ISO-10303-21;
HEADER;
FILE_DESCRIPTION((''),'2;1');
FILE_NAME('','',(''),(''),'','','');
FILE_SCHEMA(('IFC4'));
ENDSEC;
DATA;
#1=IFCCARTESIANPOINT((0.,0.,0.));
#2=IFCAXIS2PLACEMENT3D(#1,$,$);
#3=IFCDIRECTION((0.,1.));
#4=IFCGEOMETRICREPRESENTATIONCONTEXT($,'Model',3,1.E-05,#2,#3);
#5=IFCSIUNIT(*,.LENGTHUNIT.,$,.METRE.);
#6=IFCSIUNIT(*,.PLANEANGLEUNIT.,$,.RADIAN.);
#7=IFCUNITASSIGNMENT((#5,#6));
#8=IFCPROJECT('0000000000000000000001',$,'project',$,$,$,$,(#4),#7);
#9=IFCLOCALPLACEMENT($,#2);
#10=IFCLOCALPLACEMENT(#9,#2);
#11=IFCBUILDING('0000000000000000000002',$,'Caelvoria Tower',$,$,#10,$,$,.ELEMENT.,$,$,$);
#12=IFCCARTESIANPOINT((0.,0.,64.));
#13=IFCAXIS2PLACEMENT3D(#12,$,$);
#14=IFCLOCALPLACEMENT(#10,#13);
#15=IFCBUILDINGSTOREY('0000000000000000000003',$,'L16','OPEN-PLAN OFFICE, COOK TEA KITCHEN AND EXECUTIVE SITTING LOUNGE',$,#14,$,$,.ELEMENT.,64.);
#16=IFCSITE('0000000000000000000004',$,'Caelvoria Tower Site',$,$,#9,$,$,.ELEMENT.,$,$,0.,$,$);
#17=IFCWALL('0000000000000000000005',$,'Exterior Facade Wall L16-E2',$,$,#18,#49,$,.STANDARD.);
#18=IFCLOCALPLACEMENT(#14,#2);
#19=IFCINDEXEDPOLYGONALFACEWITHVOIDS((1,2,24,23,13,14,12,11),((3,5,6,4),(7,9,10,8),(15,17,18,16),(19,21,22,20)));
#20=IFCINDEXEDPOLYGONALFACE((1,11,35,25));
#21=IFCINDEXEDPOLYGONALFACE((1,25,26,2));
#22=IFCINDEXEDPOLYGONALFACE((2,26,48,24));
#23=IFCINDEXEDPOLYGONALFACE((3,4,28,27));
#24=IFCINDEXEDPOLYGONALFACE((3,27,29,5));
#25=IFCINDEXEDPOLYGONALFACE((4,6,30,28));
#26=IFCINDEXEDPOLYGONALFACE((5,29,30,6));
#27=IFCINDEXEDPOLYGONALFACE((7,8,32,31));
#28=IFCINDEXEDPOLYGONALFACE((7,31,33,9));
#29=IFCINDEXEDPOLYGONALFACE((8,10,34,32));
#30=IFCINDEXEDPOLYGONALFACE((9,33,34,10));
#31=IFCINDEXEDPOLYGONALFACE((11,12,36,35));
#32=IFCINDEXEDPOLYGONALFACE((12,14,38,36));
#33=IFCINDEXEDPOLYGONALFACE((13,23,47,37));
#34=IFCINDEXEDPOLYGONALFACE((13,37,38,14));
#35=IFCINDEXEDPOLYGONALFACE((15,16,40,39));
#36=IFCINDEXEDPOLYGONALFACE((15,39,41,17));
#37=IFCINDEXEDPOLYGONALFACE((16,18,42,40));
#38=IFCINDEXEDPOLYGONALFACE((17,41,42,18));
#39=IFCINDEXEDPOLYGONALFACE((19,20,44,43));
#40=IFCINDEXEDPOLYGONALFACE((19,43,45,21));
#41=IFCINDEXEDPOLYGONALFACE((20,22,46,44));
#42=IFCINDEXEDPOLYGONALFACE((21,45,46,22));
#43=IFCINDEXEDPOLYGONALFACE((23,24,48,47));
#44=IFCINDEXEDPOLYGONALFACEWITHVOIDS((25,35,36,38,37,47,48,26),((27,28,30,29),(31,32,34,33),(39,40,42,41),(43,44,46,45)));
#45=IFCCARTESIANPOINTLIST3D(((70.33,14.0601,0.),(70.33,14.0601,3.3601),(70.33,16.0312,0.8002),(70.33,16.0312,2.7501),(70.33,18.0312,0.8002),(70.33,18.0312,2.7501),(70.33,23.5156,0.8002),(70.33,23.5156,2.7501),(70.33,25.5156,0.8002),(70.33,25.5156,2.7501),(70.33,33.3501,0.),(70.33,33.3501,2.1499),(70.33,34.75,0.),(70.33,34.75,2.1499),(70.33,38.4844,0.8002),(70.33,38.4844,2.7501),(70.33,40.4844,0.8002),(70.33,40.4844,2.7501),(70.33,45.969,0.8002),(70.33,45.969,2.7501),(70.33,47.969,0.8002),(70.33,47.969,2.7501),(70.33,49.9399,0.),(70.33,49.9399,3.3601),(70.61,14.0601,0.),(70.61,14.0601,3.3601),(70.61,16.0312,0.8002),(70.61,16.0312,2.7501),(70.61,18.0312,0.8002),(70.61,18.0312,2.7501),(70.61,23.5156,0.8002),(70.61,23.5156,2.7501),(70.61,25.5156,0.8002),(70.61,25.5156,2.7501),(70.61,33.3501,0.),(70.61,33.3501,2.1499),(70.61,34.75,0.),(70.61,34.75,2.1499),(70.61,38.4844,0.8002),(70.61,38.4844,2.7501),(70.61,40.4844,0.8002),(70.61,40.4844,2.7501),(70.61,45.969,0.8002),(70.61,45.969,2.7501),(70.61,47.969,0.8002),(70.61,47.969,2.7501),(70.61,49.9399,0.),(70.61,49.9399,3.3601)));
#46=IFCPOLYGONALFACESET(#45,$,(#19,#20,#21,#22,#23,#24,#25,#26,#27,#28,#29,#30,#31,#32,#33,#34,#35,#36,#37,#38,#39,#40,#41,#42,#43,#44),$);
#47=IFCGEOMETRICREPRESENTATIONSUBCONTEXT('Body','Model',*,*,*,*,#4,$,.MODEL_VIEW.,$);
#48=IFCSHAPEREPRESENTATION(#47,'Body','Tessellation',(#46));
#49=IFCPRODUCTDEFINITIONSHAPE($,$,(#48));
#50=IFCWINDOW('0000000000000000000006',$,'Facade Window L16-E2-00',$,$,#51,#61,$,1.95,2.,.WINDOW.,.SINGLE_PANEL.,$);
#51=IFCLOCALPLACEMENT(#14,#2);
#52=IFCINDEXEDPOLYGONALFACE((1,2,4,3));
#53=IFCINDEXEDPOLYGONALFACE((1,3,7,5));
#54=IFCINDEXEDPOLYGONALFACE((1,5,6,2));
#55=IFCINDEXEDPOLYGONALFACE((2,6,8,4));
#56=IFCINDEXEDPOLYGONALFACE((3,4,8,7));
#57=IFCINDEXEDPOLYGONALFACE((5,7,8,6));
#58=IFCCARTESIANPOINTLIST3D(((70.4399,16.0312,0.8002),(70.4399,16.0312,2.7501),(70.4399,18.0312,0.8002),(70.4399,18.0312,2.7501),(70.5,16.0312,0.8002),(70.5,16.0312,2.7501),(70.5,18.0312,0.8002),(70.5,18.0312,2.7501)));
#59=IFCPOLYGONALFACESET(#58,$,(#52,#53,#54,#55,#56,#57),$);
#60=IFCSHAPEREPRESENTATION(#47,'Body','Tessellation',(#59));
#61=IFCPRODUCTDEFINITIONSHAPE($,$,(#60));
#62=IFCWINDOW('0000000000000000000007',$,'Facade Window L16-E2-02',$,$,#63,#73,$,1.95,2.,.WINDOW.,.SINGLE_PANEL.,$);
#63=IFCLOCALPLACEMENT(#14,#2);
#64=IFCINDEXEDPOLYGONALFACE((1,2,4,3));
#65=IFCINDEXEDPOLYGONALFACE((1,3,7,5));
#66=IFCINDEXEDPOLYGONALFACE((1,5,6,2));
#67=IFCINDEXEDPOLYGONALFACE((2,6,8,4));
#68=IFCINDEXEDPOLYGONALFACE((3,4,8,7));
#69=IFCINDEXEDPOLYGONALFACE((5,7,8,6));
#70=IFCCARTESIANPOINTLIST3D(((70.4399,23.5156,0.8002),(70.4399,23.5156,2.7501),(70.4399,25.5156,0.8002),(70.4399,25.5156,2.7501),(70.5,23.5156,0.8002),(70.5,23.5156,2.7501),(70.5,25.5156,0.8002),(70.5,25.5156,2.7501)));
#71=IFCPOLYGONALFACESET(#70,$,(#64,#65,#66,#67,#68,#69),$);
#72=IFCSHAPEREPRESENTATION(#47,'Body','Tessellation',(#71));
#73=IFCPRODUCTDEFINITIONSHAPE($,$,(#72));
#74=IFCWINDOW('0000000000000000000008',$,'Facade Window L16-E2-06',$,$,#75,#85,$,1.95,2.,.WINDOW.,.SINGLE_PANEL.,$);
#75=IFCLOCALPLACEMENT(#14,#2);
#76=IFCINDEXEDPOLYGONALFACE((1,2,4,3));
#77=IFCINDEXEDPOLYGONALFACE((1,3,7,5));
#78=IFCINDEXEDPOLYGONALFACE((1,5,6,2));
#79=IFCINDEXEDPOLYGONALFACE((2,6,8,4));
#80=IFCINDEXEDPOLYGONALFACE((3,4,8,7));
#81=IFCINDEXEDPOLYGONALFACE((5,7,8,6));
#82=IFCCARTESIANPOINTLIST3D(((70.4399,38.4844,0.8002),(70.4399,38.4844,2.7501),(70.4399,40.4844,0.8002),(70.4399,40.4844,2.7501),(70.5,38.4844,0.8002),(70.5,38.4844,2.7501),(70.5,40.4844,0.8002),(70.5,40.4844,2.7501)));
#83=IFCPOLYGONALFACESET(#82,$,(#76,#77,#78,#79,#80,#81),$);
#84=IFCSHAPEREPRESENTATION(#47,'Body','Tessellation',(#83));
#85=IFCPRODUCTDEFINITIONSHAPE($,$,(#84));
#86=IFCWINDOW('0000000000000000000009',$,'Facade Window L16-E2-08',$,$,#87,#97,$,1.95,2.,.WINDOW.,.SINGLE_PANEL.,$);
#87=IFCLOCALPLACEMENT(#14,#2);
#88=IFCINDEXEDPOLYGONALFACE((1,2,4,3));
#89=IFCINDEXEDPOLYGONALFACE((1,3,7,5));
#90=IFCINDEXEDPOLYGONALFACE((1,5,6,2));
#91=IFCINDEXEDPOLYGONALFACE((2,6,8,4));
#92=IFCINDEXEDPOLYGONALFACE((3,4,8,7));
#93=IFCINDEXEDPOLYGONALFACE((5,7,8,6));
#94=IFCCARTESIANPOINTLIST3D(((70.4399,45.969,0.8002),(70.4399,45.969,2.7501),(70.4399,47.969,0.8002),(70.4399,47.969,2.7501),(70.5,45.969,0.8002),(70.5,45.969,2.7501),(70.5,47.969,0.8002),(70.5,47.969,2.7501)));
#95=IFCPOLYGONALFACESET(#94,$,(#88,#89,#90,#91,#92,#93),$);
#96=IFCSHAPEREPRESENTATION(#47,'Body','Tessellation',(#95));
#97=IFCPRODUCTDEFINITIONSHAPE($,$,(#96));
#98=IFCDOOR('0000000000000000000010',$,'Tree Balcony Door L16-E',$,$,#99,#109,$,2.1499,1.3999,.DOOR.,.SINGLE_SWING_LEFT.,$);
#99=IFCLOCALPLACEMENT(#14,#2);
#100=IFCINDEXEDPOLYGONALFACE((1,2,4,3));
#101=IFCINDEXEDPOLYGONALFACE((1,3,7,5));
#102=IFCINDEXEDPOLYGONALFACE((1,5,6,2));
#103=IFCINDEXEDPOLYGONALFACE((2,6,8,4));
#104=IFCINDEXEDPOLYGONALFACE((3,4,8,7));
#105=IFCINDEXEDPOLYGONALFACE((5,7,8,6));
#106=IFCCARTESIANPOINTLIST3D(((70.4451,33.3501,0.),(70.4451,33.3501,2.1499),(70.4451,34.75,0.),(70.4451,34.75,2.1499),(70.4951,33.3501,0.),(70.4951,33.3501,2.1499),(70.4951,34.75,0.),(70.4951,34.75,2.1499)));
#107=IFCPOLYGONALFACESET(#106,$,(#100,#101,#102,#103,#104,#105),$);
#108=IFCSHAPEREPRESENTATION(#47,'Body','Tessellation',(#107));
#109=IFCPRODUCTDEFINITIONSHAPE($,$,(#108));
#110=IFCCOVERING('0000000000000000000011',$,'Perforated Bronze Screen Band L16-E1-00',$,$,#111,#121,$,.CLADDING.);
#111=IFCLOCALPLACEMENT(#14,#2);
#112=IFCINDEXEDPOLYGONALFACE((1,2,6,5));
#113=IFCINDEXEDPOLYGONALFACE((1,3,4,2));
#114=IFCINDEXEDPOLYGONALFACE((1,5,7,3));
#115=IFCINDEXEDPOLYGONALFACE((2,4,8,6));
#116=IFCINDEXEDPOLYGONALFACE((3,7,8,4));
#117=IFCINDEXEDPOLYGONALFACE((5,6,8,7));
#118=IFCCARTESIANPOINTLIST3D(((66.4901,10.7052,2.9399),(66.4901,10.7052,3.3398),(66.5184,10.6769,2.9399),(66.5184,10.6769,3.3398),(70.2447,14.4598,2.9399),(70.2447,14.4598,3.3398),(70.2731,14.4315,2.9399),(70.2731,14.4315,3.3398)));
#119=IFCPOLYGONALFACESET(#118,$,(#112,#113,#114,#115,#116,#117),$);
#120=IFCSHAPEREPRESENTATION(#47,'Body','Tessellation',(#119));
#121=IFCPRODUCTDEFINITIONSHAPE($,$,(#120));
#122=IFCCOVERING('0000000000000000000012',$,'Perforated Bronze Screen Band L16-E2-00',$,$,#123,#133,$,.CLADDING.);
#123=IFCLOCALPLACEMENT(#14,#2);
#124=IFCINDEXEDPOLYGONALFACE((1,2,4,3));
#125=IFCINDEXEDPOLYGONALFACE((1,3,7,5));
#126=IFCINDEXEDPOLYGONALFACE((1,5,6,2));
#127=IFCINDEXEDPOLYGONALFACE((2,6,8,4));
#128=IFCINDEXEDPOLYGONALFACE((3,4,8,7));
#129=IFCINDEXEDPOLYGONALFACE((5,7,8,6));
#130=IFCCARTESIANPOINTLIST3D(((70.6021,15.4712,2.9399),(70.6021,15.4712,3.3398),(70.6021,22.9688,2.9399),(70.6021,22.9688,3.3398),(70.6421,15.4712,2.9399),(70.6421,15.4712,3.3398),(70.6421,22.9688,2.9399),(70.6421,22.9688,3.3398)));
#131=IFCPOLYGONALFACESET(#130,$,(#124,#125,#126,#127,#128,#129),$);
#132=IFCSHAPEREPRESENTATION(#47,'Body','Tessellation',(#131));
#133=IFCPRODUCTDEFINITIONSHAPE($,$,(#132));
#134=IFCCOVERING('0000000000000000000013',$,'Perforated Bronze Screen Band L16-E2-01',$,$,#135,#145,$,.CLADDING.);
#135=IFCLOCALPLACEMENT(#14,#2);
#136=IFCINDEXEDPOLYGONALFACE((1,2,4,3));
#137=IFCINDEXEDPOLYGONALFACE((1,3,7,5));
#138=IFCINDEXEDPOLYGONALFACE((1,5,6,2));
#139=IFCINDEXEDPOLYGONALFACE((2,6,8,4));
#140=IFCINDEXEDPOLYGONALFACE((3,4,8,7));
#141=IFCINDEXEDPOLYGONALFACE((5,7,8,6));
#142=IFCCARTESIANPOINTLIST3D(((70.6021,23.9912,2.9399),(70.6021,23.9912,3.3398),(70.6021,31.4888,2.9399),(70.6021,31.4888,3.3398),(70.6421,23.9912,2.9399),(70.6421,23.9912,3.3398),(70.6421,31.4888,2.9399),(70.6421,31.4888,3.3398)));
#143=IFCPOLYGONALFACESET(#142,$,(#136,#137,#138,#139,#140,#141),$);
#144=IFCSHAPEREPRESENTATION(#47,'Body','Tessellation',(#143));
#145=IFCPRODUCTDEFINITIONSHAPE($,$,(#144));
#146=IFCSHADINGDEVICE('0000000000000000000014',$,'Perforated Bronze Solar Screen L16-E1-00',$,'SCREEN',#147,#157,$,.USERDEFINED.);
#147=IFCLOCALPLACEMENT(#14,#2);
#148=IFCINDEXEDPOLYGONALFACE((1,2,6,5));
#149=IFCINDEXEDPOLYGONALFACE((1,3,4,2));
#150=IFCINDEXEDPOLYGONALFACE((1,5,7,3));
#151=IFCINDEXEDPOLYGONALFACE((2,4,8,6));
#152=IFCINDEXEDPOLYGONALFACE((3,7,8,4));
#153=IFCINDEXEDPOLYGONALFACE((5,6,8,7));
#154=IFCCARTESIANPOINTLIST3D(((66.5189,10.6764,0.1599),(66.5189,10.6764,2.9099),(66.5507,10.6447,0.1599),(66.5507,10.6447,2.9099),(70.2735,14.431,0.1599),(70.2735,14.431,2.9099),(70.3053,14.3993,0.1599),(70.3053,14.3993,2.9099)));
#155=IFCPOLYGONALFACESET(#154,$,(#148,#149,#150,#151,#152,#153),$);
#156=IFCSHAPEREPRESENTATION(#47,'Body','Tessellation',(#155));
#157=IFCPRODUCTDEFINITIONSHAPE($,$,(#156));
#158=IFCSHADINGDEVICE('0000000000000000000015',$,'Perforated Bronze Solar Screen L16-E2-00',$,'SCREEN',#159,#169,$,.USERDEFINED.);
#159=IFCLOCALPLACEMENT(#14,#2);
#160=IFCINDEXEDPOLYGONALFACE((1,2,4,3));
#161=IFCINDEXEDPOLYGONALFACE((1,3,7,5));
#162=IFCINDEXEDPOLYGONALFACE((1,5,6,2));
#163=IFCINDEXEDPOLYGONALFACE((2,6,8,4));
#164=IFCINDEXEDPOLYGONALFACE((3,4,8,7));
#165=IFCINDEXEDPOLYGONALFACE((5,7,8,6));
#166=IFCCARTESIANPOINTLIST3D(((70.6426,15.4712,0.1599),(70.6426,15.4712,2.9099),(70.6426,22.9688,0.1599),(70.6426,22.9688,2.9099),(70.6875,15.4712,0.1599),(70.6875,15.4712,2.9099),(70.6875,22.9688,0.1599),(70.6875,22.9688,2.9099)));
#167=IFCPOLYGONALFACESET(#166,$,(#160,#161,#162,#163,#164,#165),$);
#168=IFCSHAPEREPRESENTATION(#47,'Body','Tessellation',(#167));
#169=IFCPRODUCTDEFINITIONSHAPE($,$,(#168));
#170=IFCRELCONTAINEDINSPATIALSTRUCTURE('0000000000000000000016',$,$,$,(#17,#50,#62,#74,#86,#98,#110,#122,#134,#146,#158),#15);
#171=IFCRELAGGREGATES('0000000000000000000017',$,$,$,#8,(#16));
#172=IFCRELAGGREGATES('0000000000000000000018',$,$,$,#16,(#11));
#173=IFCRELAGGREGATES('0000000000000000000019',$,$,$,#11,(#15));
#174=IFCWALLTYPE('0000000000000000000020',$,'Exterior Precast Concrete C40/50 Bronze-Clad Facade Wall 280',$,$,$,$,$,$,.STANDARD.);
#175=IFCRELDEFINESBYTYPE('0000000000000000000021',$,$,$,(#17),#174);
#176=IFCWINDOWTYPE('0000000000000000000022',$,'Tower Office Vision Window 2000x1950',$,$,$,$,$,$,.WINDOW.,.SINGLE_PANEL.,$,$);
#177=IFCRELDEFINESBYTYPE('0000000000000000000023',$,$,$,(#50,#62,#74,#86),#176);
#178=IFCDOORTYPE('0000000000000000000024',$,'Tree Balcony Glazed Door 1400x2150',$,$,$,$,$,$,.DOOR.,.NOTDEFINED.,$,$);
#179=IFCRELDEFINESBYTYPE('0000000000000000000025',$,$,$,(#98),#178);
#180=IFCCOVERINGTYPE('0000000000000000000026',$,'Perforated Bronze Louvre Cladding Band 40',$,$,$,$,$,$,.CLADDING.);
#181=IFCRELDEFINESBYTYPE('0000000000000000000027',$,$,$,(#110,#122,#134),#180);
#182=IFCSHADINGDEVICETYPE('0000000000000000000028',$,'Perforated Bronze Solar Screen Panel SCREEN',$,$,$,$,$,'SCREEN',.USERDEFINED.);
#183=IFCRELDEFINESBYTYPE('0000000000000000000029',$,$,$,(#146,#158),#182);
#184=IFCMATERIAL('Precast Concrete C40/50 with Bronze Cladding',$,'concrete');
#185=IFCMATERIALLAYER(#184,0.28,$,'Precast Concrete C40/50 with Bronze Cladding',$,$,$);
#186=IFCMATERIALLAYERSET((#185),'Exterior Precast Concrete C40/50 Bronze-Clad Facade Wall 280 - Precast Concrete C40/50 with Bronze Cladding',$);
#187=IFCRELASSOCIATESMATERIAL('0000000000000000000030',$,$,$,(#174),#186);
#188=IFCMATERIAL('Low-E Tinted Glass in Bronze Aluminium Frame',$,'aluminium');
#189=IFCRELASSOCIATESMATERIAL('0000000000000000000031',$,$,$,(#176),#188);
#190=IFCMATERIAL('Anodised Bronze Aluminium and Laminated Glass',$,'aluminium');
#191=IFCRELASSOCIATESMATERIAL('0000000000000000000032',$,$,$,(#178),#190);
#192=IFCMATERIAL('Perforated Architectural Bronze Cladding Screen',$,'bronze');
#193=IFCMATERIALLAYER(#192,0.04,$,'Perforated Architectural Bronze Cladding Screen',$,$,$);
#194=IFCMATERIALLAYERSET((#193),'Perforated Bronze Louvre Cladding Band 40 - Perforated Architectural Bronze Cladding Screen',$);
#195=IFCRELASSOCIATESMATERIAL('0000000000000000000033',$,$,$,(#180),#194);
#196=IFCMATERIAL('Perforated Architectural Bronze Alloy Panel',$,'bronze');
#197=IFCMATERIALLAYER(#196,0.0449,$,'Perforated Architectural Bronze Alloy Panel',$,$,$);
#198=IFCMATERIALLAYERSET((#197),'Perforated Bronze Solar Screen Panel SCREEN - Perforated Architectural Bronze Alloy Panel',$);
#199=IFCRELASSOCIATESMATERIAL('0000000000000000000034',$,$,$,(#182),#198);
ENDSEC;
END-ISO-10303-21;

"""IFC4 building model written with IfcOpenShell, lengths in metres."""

from ifc_helpers import new_model, si_unit, direction, frame, frame_2d, origin, origin_2d, place, context, subcontext, project, spatial, rectangle, extrude, material, layer, layer_set, type_object, element, fill, save


model = new_model("IFC4")

# Units and contexts
model_context = context("Model", 3, precision=1e-05, world=origin(), true_north=direction((0.0, 1.0)))
body_context = subcontext(model_context, "Body", "Model", "MODEL_VIEW")
ifc_project = project(units=[si_unit("LENGTHUNIT", "METRE"), si_unit("PLANEANGLEUNIT", "RADIAN")], contexts=[model_context])

# Site, building, storey
site_placement = place(None, origin())
site = spatial("IfcSite", under=ifc_project, at=site_placement, Name="Caelvoria Tower Site", CompositionType="ELEMENT", RefElevation=0.0)
building_placement = place(site_placement, origin())
building = spatial("IfcBuilding", under=site, at=building_placement, Name="Caelvoria Tower", CompositionType="ELEMENT")
storey_placement = place(building_placement, frame((0.0, 0.0, 64.0)))
storey = spatial("IfcBuildingStorey", under=building, at=storey_placement, Name="L16", Description="OPEN-PLAN OFFICE, COOK TEA KITCHEN AND EXECUTIVE SITTING LOUNGE", CompositionType="ELEMENT", Elevation=64.0)

# Shared definitions
ifc_material_1 = material(Name="Precast Concrete C40/50 with Bronze Cladding", Category="concrete")
ifc_layer_1 = layer(ifc_material_1, 0.28, Name="Precast Concrete C40/50 with Bronze Cladding")
ifc_layer_set_1 = layer_set([ifc_layer_1], Name="Exterior Precast Concrete C40/50 Bronze-Clad Facade Wall 280 - Precast Concrete C40/50 with Bronze Cladding")
wall_type_1 = type_object("IfcWallType", Name="Exterior Precast Concrete C40/50 Bronze-Clad Facade Wall 280", PredefinedType="STANDARD", material=ifc_layer_set_1)

# Wall, openings, windows, door
wall_1_placement = place(storey_placement, frame((70.47, 14.0601, 0.0), z_axis=(0.0, 0.0, 1.0), x_axis=(0.0, 1.0, 0.0)))
wall_1 = element("IfcWall", 1, at=wall_1_placement, inside=storey, type_object=wall_type_1, Name="Exterior Facade Wall L16-E2", PredefinedType="STANDARD", context=body_context, shape_type="SweptSolid", body=[
    extrude(rectangle(XDim=35.8799, YDim=0.28, at=frame_2d((17.9399, 0.0))), origin(), (0.0, 0.0, 1.0), 3.3601),
])
opening_1_placement = place(wall_1_placement, frame((19.29, 0.0, 0.0)))
opening_1 = element("IfcOpeningElement", 2, at=opening_1_placement, cuts=wall_1, PredefinedType="OPENING", context=body_context, shape_type="SweptSolid", body=[
    extrude(rectangle(XDim=1.3999, YDim=2.1499, at=frame_2d((0.7, 1.075))), frame((0.0, 0.1499, 0.0), z_axis=(0.0, -1.0, 0.0), x_axis=(1.0, 0.0, 0.0)), (0.0, 0.0, 1.0), 0.3),
])
opening_2_placement = place(wall_1_placement, frame((1.9712, 0.0, 0.8)))
opening_2 = element("IfcOpeningElement", 3, at=opening_2_placement, cuts=wall_1, PredefinedType="OPENING", context=body_context, shape_type="SweptSolid", body=[
    extrude(rectangle(XDim=2.0, YDim=1.95, at=frame_2d((1.0, 0.9751))), frame((0.0, 0.1499, 0.0), z_axis=(0.0, -1.0, 0.0), x_axis=(1.0, 0.0, 0.0)), (0.0, 0.0, 1.0), 0.3),
])
opening_3_placement = place(wall_1_placement, frame((9.4556, 0.0, 0.8)))
opening_3 = element("IfcOpeningElement", 4, at=opening_3_placement, cuts=wall_1, PredefinedType="OPENING", context=body_context, shape_type="SweptSolid", body=[
    extrude(rectangle(XDim=2.0, YDim=1.95, at=frame_2d((1.0, 0.9751))), frame((0.0, 0.1499, 0.0), z_axis=(0.0, -1.0, 0.0), x_axis=(1.0, 0.0, 0.0)), (0.0, 0.0, 1.0), 0.3),
])
opening_4_placement = place(wall_1_placement, frame((24.4243, 0.0, 0.8)))
opening_4 = element("IfcOpeningElement", 5, at=opening_4_placement, cuts=wall_1, PredefinedType="OPENING", context=body_context, shape_type="SweptSolid", body=[
    extrude(rectangle(XDim=2.0, YDim=1.95, at=frame_2d((1.0, 0.9751))), frame((0.0, 0.1499, 0.0), z_axis=(0.0, -1.0, 0.0), x_axis=(1.0, 0.0, 0.0)), (0.0, 0.0, 1.0), 0.3),
])
opening_5_placement = place(wall_1_placement, frame((31.9089, 0.0, 0.8)))
opening_5 = element("IfcOpeningElement", 6, at=opening_5_placement, cuts=wall_1, PredefinedType="OPENING", context=body_context, shape_type="SweptSolid", body=[
    extrude(rectangle(XDim=2.0, YDim=1.95, at=frame_2d((1.0, 0.9751))), frame((0.0, 0.1499, 0.0), z_axis=(0.0, -1.0, 0.0), x_axis=(1.0, 0.0, 0.0)), (0.0, 0.0, 1.0), 0.3),
])
ifc_material_2 = material(Name="Low-E Tinted Glass in Bronze Aluminium Frame", Category="aluminium")
window_type = type_object("IfcWindowType", Name="Tower Office Vision Window 2000x1950", PartitioningType="SINGLE_PANEL", PredefinedType="WINDOW", material=ifc_material_2)
window_1_placement = place(opening_2_placement, origin())
window_1 = element("IfcWindow", 7, at=window_1_placement, inside=storey, type_object=window_type, Name="Facade Window L16-E2-00", OverallHeight=1.95, OverallWidth=2.0, PartitioningType="SINGLE_PANEL", PredefinedType="WINDOW", context=body_context, shape_type="SweptSolid", body=[
    extrude(rectangle(XDim=2.0, YDim=1.95, at=frame_2d((1.0, 0.9751))), frame((0.0, 0.03, 0.0), z_axis=(0.0, -1.0, 0.0), x_axis=(1.0, 0.0, 0.0)), (0.0, 0.0, 1.0), 0.0601),
])
fill(opening_2, window_1)
window_2_placement = place(opening_3_placement, origin())
window_2 = element("IfcWindow", 8, at=window_2_placement, inside=storey, type_object=window_type, Name="Facade Window L16-E2-02", OverallHeight=1.95, OverallWidth=2.0, PartitioningType="SINGLE_PANEL", PredefinedType="WINDOW", context=body_context, shape_type="SweptSolid", body=[
    extrude(rectangle(XDim=2.0, YDim=1.95, at=frame_2d((1.0, 0.9751))), frame((0.0, 0.03, 0.0), z_axis=(0.0, -1.0, 0.0), x_axis=(1.0, 0.0, 0.0)), (0.0, 0.0, 1.0), 0.0601),
])
fill(opening_3, window_2)
window_3_placement = place(opening_4_placement, origin())
window_3 = element("IfcWindow", 9, at=window_3_placement, inside=storey, type_object=window_type, Name="Facade Window L16-E2-06", OverallHeight=1.95, OverallWidth=2.0, PartitioningType="SINGLE_PANEL", PredefinedType="WINDOW", context=body_context, shape_type="SweptSolid", body=[
    extrude(rectangle(XDim=2.0, YDim=1.95, at=frame_2d((1.0, 0.9751))), frame((0.0, 0.03, 0.0), z_axis=(0.0, -1.0, 0.0), x_axis=(1.0, 0.0, 0.0)), (0.0, 0.0, 1.0), 0.0601),
])
fill(opening_4, window_3)
window_4_placement = place(opening_5_placement, origin())
window_4 = element("IfcWindow", 10, at=window_4_placement, inside=storey, type_object=window_type, Name="Facade Window L16-E2-08", OverallHeight=1.95, OverallWidth=2.0, PartitioningType="SINGLE_PANEL", PredefinedType="WINDOW", context=body_context, shape_type="SweptSolid", body=[
    extrude(rectangle(XDim=2.0, YDim=1.95, at=frame_2d((1.0, 0.9751))), frame((0.0, 0.03, 0.0), z_axis=(0.0, -1.0, 0.0), x_axis=(1.0, 0.0, 0.0)), (0.0, 0.0, 1.0), 0.0601),
])
fill(opening_5, window_4)
ifc_material_3 = material(Name="Anodised Bronze Aluminium and Laminated Glass", Category="aluminium")
door_type = type_object("IfcDoorType", Name="Tree Balcony Glazed Door 1400x2150", OperationType="NOTDEFINED", PredefinedType="DOOR", material=ifc_material_3)
door_placement = place(opening_1_placement, origin())
door = element("IfcDoor", 11, at=door_placement, inside=storey, type_object=door_type, Name="Tree Balcony Door L16-E", OperationType="SINGLE_SWING_LEFT", OverallHeight=2.1499, OverallWidth=1.3999, PredefinedType="DOOR", context=body_context, shape_type="SweptSolid", body=[
    extrude(rectangle(XDim=1.3999, YDim=2.1499, at=frame_2d((0.7, 1.075))), frame((0.0, 0.0249, 0.0), z_axis=(0.0, -1.0, 0.0), x_axis=(1.0, 0.0, 0.0)), (0.0, 0.0, 1.0), 0.05),
])
fill(opening_1, door)

# Coverings
ifc_material_4 = material(Name="Perforated Architectural Bronze Cladding Screen", Category="bronze")
ifc_layer_2 = layer(ifc_material_4, 0.04, Name="Perforated Architectural Bronze Cladding Screen")
ifc_layer_set_2 = layer_set([ifc_layer_2], Name="Perforated Bronze Louvre Cladding Band 40 - Perforated Architectural Bronze Cladding Screen")
covering_type = type_object("IfcCoveringType", Name="Perforated Bronze Louvre Cladding Band 40", PredefinedType="CLADDING", material=ifc_layer_set_2)
covering_placement = place(storey_placement, frame((68.3816, 12.5684, 2.9399), z_axis=(0.0, 0.0, 1.0), x_axis=(0.707107, 0.707107, 0.0)))
element("IfcCovering", 12, at=covering_placement, inside=storey, type_object=covering_type, Name="Perforated Bronze Screen Band L16-E1-00", PredefinedType="CLADDING", context=body_context, shape_type="SweptSolid", body=[
    extrude(rectangle(XDim=5.3098, YDim=0.04, at=origin_2d()), origin(), (0.0, 0.0, 1.0), 0.3999),
])
for number, where, z_axis, x_axis, name in (
    (13, (70.6221, 19.22, 2.9399), (0.0, 0.0, 1.0), (0.0, 1.0, 0.0), "Perforated Bronze Screen Band L16-E2-00"),
    (14, (70.6221, 27.74, 2.9399), (0.0, 0.0, 1.0), (0.0, 1.0, 0.0), "Perforated Bronze Screen Band L16-E2-01"),
):
    element("IfcCovering", number, at=place(storey_placement, frame(where, z_axis=z_axis, x_axis=x_axis)), inside=storey, type_object=covering_type, Name=name, PredefinedType="CLADDING", context=body_context, shape_type="SweptSolid", body=[
        extrude(rectangle(XDim=7.4976, YDim=0.04, at=origin_2d()), origin(), (0.0, 0.0, 1.0), 0.3999),
    ])

# Shading devices
ifc_material_5 = material(Name="Perforated Architectural Bronze Alloy Panel", Category="bronze")
ifc_layer_3 = layer(ifc_material_5, 0.0449, Name="Perforated Architectural Bronze Alloy Panel")
ifc_layer_set_3 = layer_set([ifc_layer_3], Name="Perforated Bronze Solar Screen Panel SCREEN - Perforated Architectural Bronze Alloy Panel")
shading_device_type = type_object("IfcShadingDeviceType", Name="Perforated Bronze Solar Screen Panel SCREEN", ElementType="SCREEN", PredefinedType="USERDEFINED", material=ifc_layer_set_3)
shading_device_placement = place(storey_placement, frame((68.4121, 12.5378, 0.1599), z_axis=(0.0, 0.0, 1.0), x_axis=(0.707107, 0.707107, 0.0)))
element("IfcShadingDevice", 15, at=shading_device_placement, inside=storey, type_object=shading_device_type, Name="Perforated Bronze Solar Screen L16-E1-00", ObjectType="SCREEN", PredefinedType="USERDEFINED", context=body_context, shape_type="SweptSolid", body=[
    extrude(rectangle(XDim=5.3098, YDim=0.0449, at=origin_2d()), origin(), (0.0, 0.0, 1.0), 2.75),
])
for number, where, z_axis, x_axis, name in (
    (16, (70.665, 19.22, 0.1599), (0.0, 0.0, 1.0), (0.0, 1.0, 0.0), "Perforated Bronze Solar Screen L16-E2-00"),
):
    element("IfcShadingDevice", number, at=place(storey_placement, frame(where, z_axis=z_axis, x_axis=x_axis)), inside=storey, type_object=shading_device_type, Name=name, ObjectType="SCREEN", PredefinedType="USERDEFINED", context=body_context, shape_type="SweptSolid", body=[
        extrude(rectangle(XDim=7.4976, YDim=0.0449, at=origin_2d()), origin(), (0.0, 0.0, 1.0), 2.75),
    ])

save(model, "model.ifc")
